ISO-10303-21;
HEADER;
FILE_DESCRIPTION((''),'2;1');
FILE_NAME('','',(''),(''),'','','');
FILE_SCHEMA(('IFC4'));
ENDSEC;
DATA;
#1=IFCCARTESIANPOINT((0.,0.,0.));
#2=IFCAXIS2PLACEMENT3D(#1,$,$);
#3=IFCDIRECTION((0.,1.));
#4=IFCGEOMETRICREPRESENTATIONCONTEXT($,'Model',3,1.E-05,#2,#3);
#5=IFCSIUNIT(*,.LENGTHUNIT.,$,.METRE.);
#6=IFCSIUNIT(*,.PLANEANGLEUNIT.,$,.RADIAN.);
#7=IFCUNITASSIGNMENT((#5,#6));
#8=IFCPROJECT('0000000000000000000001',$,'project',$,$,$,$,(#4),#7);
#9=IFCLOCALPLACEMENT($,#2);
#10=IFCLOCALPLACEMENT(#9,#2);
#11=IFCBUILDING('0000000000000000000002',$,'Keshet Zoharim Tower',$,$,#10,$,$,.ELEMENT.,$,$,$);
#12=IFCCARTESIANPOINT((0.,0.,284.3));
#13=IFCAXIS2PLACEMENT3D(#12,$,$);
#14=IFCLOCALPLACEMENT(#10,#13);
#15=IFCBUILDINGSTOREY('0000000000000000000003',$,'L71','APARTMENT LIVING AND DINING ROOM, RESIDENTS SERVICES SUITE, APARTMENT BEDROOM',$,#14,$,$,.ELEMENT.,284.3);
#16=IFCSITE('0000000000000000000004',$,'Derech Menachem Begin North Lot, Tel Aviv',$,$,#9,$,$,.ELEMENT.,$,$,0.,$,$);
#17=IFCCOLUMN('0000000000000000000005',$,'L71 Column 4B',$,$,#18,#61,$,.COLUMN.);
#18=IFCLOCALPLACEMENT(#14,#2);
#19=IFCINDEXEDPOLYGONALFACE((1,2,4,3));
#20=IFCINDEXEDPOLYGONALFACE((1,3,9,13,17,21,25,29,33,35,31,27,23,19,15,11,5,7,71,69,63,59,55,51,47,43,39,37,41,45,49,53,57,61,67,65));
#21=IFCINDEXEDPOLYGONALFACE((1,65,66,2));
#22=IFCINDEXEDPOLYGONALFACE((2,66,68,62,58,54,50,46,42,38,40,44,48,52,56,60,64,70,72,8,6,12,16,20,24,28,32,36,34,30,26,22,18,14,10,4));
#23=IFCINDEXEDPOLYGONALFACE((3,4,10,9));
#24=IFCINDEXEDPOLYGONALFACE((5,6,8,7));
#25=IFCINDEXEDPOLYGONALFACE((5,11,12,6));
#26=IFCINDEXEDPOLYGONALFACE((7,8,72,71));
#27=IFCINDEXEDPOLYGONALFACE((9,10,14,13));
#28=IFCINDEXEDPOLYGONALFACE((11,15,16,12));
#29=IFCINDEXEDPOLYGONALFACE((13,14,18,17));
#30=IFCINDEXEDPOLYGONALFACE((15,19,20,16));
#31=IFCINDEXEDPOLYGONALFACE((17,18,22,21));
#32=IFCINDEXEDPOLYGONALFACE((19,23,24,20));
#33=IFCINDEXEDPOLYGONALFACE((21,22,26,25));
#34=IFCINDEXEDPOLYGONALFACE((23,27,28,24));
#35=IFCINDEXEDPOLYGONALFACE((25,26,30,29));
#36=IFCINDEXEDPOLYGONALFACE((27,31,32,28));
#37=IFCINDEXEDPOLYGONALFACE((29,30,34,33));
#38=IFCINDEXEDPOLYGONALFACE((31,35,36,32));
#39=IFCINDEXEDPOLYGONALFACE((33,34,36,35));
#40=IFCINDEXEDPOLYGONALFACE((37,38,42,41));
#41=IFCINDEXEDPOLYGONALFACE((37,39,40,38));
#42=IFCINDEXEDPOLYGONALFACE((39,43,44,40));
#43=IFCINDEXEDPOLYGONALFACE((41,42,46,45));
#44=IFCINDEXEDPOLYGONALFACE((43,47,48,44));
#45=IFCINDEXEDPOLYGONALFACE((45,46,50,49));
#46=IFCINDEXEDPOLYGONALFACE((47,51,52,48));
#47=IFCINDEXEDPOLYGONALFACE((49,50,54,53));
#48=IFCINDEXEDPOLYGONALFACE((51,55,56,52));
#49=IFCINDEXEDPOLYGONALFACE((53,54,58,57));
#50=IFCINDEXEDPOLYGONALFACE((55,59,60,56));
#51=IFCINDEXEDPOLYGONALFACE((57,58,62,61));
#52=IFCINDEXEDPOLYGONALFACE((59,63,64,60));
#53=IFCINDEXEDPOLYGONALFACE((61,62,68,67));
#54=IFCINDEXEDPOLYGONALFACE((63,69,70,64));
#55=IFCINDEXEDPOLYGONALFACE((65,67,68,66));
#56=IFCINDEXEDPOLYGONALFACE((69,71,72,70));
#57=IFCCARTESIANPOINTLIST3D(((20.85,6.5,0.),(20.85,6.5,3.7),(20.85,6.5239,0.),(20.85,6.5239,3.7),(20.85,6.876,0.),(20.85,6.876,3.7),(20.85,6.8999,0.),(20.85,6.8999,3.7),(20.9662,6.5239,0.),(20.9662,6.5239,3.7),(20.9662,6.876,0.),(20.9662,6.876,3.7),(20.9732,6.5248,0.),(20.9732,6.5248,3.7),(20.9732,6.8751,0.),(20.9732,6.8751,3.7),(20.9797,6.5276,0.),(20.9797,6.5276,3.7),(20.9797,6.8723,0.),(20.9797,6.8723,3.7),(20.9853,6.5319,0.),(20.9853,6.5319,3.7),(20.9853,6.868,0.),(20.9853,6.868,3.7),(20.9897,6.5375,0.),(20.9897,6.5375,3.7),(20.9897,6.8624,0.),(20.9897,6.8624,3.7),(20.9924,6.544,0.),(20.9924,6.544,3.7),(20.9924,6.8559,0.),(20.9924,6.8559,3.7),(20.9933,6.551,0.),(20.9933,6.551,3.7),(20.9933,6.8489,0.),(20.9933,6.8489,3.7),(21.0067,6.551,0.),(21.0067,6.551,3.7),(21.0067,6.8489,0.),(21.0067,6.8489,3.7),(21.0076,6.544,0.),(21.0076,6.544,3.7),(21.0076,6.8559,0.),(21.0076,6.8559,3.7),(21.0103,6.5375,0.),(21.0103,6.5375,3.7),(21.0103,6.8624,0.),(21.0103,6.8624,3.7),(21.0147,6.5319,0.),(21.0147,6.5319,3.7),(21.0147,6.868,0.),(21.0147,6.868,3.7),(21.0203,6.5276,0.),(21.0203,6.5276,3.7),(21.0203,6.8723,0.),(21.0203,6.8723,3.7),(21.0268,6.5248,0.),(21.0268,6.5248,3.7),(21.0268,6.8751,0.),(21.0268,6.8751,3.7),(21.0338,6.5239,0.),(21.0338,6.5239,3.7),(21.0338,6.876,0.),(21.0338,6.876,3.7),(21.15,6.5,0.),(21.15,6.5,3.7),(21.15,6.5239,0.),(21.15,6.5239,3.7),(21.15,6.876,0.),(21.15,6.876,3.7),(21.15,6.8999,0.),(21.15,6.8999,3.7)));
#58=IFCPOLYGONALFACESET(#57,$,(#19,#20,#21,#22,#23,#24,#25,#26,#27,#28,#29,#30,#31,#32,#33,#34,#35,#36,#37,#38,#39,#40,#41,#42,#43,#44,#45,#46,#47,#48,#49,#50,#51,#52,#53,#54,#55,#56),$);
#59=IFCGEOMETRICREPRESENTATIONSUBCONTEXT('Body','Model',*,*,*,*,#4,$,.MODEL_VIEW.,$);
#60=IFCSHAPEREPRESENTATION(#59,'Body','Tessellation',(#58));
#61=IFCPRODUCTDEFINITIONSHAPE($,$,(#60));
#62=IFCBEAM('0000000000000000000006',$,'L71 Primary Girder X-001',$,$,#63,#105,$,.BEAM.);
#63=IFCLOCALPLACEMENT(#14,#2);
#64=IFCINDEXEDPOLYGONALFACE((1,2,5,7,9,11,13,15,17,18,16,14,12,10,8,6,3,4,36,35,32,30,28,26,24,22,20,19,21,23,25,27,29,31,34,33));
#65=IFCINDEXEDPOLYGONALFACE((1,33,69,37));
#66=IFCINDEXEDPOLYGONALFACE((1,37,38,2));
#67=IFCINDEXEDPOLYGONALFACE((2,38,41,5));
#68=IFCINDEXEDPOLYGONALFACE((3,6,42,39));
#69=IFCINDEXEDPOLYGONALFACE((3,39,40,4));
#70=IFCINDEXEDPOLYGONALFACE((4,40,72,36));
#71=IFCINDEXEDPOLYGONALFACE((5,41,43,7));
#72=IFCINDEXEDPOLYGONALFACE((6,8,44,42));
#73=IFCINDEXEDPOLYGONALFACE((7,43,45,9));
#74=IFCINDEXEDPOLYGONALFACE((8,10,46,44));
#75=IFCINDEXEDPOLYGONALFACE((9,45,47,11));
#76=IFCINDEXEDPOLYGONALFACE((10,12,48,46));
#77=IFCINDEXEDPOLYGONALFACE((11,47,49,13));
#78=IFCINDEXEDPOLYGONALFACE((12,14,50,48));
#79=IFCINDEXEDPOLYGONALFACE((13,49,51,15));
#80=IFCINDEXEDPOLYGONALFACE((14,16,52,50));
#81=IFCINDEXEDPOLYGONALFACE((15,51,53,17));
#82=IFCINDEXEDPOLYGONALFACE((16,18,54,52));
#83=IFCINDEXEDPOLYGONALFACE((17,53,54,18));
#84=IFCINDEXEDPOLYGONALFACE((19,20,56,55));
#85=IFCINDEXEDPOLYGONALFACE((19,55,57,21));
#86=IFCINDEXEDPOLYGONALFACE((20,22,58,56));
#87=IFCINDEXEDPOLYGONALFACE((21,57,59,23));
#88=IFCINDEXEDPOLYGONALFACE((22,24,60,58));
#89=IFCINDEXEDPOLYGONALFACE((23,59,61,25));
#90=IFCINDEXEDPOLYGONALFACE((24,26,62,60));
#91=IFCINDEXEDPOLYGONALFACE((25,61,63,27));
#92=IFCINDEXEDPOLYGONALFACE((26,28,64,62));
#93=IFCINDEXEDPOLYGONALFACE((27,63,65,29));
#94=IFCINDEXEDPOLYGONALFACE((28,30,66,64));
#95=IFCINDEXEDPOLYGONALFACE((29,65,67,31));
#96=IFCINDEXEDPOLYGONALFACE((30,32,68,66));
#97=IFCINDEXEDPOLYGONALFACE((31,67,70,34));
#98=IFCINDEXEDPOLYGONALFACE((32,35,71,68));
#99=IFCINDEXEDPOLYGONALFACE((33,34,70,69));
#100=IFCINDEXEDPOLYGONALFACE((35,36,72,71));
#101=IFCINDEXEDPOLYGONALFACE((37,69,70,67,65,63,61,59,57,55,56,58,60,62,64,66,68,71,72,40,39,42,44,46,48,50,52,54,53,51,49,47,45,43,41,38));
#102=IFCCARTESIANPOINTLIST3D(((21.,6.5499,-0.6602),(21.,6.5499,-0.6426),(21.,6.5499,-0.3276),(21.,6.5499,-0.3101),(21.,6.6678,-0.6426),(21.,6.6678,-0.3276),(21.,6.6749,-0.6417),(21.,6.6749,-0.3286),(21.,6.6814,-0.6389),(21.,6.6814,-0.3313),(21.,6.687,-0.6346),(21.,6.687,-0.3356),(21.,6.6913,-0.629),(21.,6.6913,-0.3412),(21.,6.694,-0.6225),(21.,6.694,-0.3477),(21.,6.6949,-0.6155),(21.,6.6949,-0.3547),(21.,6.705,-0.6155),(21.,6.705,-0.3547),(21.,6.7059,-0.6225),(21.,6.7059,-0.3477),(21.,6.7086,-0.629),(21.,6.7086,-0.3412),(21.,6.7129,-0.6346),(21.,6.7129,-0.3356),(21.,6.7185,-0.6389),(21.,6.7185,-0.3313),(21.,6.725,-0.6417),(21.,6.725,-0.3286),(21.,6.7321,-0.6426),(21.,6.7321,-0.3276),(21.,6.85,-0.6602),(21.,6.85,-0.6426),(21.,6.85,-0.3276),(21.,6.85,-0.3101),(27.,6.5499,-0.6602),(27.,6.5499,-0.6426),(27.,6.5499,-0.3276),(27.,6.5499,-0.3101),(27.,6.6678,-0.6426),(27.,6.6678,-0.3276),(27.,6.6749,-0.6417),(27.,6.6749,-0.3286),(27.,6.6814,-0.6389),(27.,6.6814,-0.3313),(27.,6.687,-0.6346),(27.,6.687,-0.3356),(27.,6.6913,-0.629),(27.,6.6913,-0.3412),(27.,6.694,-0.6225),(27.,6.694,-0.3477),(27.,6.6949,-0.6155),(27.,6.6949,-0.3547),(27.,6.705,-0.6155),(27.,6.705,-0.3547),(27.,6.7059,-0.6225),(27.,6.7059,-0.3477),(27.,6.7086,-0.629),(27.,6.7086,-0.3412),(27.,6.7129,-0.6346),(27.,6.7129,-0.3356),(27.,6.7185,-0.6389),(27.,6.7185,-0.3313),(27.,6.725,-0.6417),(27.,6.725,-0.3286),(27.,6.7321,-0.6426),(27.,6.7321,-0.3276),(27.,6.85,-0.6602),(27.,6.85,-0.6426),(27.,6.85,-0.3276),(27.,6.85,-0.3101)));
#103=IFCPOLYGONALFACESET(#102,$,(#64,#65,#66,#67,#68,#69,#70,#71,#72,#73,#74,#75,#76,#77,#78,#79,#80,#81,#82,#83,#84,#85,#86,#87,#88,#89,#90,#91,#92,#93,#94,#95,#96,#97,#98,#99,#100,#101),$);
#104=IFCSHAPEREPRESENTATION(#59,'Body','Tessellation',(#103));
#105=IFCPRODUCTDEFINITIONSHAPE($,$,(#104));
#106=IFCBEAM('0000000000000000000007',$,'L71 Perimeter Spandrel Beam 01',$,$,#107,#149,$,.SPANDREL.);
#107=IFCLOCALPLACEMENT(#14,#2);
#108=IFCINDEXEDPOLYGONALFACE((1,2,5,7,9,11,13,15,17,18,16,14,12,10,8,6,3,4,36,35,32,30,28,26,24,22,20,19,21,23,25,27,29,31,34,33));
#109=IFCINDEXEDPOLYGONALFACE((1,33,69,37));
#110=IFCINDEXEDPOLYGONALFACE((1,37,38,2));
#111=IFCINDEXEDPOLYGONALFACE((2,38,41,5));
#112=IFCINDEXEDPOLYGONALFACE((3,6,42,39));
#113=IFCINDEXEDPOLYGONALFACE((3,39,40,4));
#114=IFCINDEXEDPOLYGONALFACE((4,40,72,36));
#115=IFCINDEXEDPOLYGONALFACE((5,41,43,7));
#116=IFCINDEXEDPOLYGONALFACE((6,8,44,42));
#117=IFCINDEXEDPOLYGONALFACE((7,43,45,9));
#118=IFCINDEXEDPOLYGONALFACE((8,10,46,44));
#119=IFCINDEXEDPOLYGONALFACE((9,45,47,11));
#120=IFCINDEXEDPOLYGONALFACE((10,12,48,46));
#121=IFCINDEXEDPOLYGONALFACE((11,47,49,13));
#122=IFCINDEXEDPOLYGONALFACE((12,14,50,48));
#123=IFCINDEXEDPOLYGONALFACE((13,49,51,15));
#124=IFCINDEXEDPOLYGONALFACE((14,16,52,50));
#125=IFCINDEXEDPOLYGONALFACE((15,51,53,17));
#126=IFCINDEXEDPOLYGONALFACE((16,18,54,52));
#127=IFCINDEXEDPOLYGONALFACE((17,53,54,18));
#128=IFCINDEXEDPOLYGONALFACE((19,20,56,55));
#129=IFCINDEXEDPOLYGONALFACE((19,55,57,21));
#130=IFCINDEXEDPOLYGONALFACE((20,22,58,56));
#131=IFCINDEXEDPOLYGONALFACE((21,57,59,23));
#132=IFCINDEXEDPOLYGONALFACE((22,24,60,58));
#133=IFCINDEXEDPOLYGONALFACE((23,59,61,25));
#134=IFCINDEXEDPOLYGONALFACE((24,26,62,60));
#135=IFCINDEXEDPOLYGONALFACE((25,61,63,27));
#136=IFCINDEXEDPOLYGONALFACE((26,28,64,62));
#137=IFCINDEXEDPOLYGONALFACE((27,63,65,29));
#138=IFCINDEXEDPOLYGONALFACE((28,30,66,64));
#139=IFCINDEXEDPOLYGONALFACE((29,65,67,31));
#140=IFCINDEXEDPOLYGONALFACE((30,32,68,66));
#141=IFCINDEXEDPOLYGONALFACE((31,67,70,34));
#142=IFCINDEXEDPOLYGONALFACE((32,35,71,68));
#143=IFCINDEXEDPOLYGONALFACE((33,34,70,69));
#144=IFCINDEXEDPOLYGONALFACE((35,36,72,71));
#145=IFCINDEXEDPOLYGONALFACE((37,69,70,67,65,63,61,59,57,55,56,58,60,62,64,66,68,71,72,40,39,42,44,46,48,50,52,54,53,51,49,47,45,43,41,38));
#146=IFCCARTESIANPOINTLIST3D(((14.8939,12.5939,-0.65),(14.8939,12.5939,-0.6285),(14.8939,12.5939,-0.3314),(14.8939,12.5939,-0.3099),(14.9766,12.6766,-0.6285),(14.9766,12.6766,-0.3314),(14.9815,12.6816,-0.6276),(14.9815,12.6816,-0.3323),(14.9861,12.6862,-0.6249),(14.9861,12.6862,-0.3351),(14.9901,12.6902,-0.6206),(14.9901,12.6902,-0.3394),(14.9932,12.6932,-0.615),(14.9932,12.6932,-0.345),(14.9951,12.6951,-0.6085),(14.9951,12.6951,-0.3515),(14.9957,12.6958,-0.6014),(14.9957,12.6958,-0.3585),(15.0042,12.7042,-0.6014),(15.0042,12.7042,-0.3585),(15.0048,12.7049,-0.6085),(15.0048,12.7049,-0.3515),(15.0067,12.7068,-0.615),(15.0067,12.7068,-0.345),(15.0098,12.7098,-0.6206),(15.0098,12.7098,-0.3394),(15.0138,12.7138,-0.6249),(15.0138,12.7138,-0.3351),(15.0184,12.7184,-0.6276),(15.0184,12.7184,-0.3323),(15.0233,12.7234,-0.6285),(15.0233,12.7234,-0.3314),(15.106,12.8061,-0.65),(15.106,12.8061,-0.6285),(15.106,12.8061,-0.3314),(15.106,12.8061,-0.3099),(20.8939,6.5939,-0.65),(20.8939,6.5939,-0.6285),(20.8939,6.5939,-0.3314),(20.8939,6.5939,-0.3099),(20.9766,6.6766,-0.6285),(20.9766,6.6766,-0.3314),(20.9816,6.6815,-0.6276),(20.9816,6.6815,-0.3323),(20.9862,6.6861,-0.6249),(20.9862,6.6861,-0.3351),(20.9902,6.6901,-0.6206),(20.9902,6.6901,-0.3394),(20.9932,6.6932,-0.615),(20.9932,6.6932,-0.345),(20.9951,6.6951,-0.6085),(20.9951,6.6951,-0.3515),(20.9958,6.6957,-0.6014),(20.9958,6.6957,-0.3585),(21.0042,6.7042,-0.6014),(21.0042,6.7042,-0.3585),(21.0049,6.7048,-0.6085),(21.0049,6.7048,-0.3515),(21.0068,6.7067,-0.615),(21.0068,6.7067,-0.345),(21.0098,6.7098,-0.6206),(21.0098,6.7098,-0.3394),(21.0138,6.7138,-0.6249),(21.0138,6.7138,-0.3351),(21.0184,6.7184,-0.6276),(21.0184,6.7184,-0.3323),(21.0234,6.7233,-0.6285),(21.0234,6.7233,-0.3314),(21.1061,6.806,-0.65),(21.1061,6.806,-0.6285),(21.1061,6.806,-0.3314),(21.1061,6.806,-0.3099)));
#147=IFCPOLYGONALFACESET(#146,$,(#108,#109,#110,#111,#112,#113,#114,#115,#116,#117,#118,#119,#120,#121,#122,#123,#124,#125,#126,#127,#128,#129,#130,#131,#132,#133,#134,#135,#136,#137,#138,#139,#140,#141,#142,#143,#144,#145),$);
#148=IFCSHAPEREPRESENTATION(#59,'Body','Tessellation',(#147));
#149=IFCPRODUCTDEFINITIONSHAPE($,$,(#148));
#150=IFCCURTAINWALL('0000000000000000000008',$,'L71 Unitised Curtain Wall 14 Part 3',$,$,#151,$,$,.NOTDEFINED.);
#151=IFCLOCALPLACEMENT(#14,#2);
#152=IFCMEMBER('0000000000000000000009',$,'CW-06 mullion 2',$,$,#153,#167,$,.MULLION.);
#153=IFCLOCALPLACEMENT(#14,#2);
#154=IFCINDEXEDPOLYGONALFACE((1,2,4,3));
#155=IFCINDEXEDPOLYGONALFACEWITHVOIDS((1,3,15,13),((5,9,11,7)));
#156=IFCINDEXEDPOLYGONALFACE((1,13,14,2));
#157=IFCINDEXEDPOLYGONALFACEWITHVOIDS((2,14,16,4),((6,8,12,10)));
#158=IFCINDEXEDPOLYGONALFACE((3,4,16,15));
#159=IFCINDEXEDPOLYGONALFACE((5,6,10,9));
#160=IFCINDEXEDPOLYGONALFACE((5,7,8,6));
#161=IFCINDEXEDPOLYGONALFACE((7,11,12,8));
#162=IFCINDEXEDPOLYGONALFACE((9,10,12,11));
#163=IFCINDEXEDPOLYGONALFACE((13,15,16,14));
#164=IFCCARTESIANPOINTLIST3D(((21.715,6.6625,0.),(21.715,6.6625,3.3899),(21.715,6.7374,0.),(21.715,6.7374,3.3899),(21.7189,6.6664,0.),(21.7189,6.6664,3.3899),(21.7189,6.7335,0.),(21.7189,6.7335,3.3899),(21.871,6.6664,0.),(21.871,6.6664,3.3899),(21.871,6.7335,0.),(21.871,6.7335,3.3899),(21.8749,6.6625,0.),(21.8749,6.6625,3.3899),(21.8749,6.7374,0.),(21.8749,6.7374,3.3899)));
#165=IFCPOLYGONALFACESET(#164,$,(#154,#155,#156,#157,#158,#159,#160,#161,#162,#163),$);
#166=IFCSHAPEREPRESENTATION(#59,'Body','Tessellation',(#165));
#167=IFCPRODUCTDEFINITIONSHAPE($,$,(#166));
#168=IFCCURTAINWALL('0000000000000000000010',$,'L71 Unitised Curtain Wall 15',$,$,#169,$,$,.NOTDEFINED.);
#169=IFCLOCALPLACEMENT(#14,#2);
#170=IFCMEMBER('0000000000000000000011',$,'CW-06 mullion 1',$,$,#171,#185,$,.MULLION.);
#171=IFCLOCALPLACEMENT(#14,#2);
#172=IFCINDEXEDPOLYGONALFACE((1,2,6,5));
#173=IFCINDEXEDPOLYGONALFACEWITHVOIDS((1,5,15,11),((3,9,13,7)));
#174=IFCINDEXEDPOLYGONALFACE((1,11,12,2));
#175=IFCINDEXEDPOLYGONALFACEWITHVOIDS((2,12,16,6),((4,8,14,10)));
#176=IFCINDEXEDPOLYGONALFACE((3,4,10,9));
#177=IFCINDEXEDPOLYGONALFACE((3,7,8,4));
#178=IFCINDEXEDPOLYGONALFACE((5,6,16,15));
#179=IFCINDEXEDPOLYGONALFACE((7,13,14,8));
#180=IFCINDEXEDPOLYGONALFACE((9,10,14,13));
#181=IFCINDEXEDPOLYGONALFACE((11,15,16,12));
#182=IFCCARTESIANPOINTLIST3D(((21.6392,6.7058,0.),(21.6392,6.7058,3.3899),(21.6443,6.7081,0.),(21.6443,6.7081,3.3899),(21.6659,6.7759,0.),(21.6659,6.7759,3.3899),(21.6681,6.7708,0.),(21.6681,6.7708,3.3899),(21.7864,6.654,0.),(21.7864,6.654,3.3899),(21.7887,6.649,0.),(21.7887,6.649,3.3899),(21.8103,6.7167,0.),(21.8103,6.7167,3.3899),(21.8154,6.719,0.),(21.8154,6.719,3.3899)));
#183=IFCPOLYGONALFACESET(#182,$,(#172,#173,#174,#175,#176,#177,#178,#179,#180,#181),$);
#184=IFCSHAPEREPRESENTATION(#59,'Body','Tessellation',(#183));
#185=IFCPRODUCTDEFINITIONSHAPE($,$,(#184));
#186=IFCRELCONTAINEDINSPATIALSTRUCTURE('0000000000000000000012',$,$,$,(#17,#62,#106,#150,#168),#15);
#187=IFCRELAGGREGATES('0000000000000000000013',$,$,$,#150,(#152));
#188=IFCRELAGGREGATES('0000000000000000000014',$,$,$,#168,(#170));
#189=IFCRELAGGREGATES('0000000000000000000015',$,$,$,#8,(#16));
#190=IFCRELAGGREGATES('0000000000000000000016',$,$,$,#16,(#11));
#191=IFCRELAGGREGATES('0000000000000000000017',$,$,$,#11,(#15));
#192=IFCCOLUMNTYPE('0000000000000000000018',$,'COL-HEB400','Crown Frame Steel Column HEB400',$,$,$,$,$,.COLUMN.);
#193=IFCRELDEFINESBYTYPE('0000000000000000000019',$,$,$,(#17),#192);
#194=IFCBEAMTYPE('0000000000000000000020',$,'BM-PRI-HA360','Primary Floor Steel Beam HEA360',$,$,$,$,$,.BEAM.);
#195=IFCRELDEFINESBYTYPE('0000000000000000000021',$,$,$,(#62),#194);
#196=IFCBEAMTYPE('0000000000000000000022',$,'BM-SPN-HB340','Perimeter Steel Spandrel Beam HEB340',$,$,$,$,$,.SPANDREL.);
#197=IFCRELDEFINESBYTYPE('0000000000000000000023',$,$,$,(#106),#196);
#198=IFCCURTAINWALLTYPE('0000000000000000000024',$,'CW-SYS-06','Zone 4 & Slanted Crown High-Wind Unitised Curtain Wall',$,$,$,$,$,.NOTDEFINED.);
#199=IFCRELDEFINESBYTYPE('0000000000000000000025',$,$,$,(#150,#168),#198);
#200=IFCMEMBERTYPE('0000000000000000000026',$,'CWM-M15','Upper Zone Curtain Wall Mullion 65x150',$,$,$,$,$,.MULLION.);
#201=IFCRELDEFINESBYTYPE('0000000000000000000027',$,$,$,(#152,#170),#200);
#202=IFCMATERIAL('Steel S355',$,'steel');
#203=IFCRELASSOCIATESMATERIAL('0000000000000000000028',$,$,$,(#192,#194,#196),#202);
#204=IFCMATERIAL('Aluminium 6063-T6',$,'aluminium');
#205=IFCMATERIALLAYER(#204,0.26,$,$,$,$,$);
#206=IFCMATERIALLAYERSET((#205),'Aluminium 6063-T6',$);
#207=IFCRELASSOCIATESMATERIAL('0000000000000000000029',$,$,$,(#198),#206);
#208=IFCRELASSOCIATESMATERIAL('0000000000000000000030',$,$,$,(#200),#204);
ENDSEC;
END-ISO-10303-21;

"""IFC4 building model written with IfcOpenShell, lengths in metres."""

from ifc_helpers import new_model, si_unit, direction, frame, origin, origin_2d, place, context, subcontext, project, spatial, hollow_rectangle, i_section, extrude, material, layer, layer_set, material_profile, profile_set, type_object, element, aggregate, save


model = new_model("IFC4")

# Units and contexts
model_context = context("Model", 3, precision=1e-05, world=origin(), true_north=direction((0.0, 1.0)))
body_context = subcontext(model_context, "Body", "Model", "MODEL_VIEW")
ifc_project = project(units=[si_unit("LENGTHUNIT", "METRE"), si_unit("PLANEANGLEUNIT", "RADIAN")], contexts=[model_context])

# Site, building, storey
site_placement = place(None, origin())
site = spatial("IfcSite", under=ifc_project, at=site_placement, Name="Derech Menachem Begin North Lot, Tel Aviv", CompositionType="ELEMENT", RefElevation=0.0)
building_placement = place(site_placement, origin())
building = spatial("IfcBuilding", under=site, at=building_placement, Name="Keshet Zoharim Tower", CompositionType="ELEMENT")
storey_placement = place(building_placement, frame((0.0, 0.0, 284.3)))
storey = spatial("IfcBuildingStorey", under=building, at=storey_placement, Name="L71", Description="APARTMENT LIVING AND DINING ROOM, RESIDENTS SERVICES SUITE, APARTMENT BEDROOM", CompositionType="ELEMENT", Elevation=284.3)

# Column
ifc_material_1 = material(Name="Steel S355", Category="steel")
ifc_material_profile_1 = material_profile(ifc_material_1, i_section(OverallWidth=0.3, OverallDepth=0.3999, WebThickness=0.0134, FlangeThickness=0.0239, FilletRadius=0.0271, at=origin_2d()), Name="HEB400")
ifc_profile_set_1 = profile_set([ifc_material_profile_1], Name="Steel S355")
column_type = type_object("IfcColumnType", Name="COL-HEB400", Description="Crown Frame Steel Column HEB400", PredefinedType="COLUMN", material=ifc_profile_set_1)
column_placement = place(storey_placement, frame((21.0, 6.7, 0.0), z_axis=(0.0, 0.0, 1.0), x_axis=(1.0, 0.0, 0.0)))
element("IfcColumn", 1, at=column_placement, inside=storey, type_object=column_type, Name="L71 Column 4B", PredefinedType="COLUMN", context=body_context, shape_type="SweptSolid", body=[
    extrude(i_section(OverallWidth=0.3, OverallDepth=0.3999, WebThickness=0.0134, FlangeThickness=0.0239, FilletRadius=0.0271, at=origin_2d()), origin(), (0.0, 0.0, 1.0), 3.7),
])

# Beams
ifc_material_profile_2 = material_profile(ifc_material_1, i_section(OverallWidth=0.3, OverallDepth=0.3501, WebThickness=0.01, FlangeThickness=0.0176, FilletRadius=0.0271, at=origin_2d()), Name="HEA360")
ifc_profile_set_2 = profile_set([ifc_material_profile_2], Name="Steel S355")
beam_type_1 = type_object("IfcBeamType", Name="BM-PRI-HA360", Description="Primary Floor Steel Beam HEA360", PredefinedType="BEAM", material=ifc_profile_set_2)
beam_1_placement = place(storey_placement, frame((21.0, 6.7, -0.4851), z_axis=(1.0, 0.0, 0.0), x_axis=(0.0, 1.0, 0.0)))
element("IfcBeam", 2, at=beam_1_placement, inside=storey, type_object=beam_type_1, Name="L71 Primary Girder X-001", PredefinedType="BEAM", context=body_context, shape_type="SweptSolid", body=[
    extrude(i_section(OverallWidth=0.3, OverallDepth=0.3501, WebThickness=0.01, FlangeThickness=0.0176, FilletRadius=0.0271, at=origin_2d()), origin(), (0.0, 0.0, 1.0), 6.0),
])
ifc_material_profile_3 = material_profile(ifc_material_1, i_section(OverallWidth=0.3, OverallDepth=0.3401, WebThickness=0.012, FlangeThickness=0.0215, FilletRadius=0.0271, at=origin_2d()), Name="HEB340")
ifc_profile_set_3 = profile_set([ifc_material_profile_3], Name="Steel S355")
beam_type_2 = type_object("IfcBeamType", Name="BM-SPN-HB340", Description="Perimeter Steel Spandrel Beam HEB340", PredefinedType="SPANDREL", material=ifc_profile_set_3)
beam_2_placement = place(storey_placement, frame((21.0, 6.7, -0.48), z_axis=(-0.707107, 0.707107, 0.0), x_axis=(-0.707107, -0.707107, 0.0)))
element("IfcBeam", 3, at=beam_2_placement, inside=storey, type_object=beam_type_2, Name="L71 Perimeter Spandrel Beam 01", PredefinedType="SPANDREL", context=body_context, shape_type="SweptSolid", body=[
    extrude(i_section(OverallWidth=0.3, OverallDepth=0.3401, WebThickness=0.012, FlangeThickness=0.0215, FilletRadius=0.0271, at=origin_2d()), origin(), (0.0, 0.0, 1.0), 8.4854),
])

# Curtain wall, member
ifc_material_2 = material(Name="Aluminium 6063-T6", Category="aluminium")
ifc_layer_1 = layer(ifc_material_2, 0.26)
ifc_layer_set_1 = layer_set([ifc_layer_1], Name="Aluminium 6063-T6")
curtain_wall_type = type_object("IfcCurtainWallType", Name="CW-SYS-06", Description="Zone 4 & Slanted Crown High-Wind Unitised Curtain Wall", PredefinedType="NOTDEFINED", material=ifc_layer_set_1)
curtain_wall_1_placement = place(storey_placement, origin())
curtain_wall_1 = element("IfcCurtainWall", 4, at=curtain_wall_1_placement, inside=storey, type_object=curtain_wall_type, Name="L71 Unitised Curtain Wall 14 Part 3", PredefinedType="NOTDEFINED")
ifc_material_profile_4 = material_profile(ifc_material_2, hollow_rectangle(XDim=0.075, YDim=0.1599, WallThickness=0.0039, at=origin_2d()), Name="MUL-75x160")
ifc_profile_set_4 = profile_set([ifc_material_profile_4], Name="Aluminium 6063-T6")
member_type_1 = type_object("IfcMemberType", Name="CWM-M15", Description="Upper Zone Curtain Wall Mullion 65x150", PredefinedType="MULLION", material=ifc_profile_set_4)
member_1_placement = place(storey_placement, frame((21.7949, 6.7, 0.0), z_axis=(0.0, 0.0, 1.0), x_axis=(0.0, -1.0, 0.0)))
member_1 = element("IfcMember", 5, at=member_1_placement, type_object=member_type_1, Name="CW-06 mullion 2", PredefinedType="MULLION", context=body_context, shape_type="SweptSolid", body=[
    extrude(hollow_rectangle(XDim=0.075, YDim=0.1599, WallThickness=0.0039, at=origin_2d()), origin(), (0.0, 0.0, 1.0), 3.3899),
])

# Curtain wall, member
curtain_wall_2_placement = place(storey_placement, origin())
curtain_wall_2 = element("IfcCurtainWall", 6, at=curtain_wall_2_placement, inside=storey, type_object=curtain_wall_type, Name="L71 Unitised Curtain Wall 15", PredefinedType="NOTDEFINED")
member_2_placement = place(storey_placement, frame((21.7273, 6.7124, 0.0), z_axis=(0.0, 0.0, 1.0), x_axis=(-0.355439, -0.934699, 0.0)))
member_2 = element("IfcMember", 7, at=member_2_placement, type_object=member_type_1, Name="CW-06 mullion 1", PredefinedType="MULLION", context=body_context, shape_type="SweptSolid", body=[
    extrude(hollow_rectangle(XDim=0.075, YDim=0.1599, WallThickness=0.0039, at=origin_2d()), origin(), (0.0, 0.0, 1.0), 3.3899),
])

aggregate(curtain_wall_1, [member_1])
aggregate(curtain_wall_2, [member_2])

save(model, "model.ifc")
